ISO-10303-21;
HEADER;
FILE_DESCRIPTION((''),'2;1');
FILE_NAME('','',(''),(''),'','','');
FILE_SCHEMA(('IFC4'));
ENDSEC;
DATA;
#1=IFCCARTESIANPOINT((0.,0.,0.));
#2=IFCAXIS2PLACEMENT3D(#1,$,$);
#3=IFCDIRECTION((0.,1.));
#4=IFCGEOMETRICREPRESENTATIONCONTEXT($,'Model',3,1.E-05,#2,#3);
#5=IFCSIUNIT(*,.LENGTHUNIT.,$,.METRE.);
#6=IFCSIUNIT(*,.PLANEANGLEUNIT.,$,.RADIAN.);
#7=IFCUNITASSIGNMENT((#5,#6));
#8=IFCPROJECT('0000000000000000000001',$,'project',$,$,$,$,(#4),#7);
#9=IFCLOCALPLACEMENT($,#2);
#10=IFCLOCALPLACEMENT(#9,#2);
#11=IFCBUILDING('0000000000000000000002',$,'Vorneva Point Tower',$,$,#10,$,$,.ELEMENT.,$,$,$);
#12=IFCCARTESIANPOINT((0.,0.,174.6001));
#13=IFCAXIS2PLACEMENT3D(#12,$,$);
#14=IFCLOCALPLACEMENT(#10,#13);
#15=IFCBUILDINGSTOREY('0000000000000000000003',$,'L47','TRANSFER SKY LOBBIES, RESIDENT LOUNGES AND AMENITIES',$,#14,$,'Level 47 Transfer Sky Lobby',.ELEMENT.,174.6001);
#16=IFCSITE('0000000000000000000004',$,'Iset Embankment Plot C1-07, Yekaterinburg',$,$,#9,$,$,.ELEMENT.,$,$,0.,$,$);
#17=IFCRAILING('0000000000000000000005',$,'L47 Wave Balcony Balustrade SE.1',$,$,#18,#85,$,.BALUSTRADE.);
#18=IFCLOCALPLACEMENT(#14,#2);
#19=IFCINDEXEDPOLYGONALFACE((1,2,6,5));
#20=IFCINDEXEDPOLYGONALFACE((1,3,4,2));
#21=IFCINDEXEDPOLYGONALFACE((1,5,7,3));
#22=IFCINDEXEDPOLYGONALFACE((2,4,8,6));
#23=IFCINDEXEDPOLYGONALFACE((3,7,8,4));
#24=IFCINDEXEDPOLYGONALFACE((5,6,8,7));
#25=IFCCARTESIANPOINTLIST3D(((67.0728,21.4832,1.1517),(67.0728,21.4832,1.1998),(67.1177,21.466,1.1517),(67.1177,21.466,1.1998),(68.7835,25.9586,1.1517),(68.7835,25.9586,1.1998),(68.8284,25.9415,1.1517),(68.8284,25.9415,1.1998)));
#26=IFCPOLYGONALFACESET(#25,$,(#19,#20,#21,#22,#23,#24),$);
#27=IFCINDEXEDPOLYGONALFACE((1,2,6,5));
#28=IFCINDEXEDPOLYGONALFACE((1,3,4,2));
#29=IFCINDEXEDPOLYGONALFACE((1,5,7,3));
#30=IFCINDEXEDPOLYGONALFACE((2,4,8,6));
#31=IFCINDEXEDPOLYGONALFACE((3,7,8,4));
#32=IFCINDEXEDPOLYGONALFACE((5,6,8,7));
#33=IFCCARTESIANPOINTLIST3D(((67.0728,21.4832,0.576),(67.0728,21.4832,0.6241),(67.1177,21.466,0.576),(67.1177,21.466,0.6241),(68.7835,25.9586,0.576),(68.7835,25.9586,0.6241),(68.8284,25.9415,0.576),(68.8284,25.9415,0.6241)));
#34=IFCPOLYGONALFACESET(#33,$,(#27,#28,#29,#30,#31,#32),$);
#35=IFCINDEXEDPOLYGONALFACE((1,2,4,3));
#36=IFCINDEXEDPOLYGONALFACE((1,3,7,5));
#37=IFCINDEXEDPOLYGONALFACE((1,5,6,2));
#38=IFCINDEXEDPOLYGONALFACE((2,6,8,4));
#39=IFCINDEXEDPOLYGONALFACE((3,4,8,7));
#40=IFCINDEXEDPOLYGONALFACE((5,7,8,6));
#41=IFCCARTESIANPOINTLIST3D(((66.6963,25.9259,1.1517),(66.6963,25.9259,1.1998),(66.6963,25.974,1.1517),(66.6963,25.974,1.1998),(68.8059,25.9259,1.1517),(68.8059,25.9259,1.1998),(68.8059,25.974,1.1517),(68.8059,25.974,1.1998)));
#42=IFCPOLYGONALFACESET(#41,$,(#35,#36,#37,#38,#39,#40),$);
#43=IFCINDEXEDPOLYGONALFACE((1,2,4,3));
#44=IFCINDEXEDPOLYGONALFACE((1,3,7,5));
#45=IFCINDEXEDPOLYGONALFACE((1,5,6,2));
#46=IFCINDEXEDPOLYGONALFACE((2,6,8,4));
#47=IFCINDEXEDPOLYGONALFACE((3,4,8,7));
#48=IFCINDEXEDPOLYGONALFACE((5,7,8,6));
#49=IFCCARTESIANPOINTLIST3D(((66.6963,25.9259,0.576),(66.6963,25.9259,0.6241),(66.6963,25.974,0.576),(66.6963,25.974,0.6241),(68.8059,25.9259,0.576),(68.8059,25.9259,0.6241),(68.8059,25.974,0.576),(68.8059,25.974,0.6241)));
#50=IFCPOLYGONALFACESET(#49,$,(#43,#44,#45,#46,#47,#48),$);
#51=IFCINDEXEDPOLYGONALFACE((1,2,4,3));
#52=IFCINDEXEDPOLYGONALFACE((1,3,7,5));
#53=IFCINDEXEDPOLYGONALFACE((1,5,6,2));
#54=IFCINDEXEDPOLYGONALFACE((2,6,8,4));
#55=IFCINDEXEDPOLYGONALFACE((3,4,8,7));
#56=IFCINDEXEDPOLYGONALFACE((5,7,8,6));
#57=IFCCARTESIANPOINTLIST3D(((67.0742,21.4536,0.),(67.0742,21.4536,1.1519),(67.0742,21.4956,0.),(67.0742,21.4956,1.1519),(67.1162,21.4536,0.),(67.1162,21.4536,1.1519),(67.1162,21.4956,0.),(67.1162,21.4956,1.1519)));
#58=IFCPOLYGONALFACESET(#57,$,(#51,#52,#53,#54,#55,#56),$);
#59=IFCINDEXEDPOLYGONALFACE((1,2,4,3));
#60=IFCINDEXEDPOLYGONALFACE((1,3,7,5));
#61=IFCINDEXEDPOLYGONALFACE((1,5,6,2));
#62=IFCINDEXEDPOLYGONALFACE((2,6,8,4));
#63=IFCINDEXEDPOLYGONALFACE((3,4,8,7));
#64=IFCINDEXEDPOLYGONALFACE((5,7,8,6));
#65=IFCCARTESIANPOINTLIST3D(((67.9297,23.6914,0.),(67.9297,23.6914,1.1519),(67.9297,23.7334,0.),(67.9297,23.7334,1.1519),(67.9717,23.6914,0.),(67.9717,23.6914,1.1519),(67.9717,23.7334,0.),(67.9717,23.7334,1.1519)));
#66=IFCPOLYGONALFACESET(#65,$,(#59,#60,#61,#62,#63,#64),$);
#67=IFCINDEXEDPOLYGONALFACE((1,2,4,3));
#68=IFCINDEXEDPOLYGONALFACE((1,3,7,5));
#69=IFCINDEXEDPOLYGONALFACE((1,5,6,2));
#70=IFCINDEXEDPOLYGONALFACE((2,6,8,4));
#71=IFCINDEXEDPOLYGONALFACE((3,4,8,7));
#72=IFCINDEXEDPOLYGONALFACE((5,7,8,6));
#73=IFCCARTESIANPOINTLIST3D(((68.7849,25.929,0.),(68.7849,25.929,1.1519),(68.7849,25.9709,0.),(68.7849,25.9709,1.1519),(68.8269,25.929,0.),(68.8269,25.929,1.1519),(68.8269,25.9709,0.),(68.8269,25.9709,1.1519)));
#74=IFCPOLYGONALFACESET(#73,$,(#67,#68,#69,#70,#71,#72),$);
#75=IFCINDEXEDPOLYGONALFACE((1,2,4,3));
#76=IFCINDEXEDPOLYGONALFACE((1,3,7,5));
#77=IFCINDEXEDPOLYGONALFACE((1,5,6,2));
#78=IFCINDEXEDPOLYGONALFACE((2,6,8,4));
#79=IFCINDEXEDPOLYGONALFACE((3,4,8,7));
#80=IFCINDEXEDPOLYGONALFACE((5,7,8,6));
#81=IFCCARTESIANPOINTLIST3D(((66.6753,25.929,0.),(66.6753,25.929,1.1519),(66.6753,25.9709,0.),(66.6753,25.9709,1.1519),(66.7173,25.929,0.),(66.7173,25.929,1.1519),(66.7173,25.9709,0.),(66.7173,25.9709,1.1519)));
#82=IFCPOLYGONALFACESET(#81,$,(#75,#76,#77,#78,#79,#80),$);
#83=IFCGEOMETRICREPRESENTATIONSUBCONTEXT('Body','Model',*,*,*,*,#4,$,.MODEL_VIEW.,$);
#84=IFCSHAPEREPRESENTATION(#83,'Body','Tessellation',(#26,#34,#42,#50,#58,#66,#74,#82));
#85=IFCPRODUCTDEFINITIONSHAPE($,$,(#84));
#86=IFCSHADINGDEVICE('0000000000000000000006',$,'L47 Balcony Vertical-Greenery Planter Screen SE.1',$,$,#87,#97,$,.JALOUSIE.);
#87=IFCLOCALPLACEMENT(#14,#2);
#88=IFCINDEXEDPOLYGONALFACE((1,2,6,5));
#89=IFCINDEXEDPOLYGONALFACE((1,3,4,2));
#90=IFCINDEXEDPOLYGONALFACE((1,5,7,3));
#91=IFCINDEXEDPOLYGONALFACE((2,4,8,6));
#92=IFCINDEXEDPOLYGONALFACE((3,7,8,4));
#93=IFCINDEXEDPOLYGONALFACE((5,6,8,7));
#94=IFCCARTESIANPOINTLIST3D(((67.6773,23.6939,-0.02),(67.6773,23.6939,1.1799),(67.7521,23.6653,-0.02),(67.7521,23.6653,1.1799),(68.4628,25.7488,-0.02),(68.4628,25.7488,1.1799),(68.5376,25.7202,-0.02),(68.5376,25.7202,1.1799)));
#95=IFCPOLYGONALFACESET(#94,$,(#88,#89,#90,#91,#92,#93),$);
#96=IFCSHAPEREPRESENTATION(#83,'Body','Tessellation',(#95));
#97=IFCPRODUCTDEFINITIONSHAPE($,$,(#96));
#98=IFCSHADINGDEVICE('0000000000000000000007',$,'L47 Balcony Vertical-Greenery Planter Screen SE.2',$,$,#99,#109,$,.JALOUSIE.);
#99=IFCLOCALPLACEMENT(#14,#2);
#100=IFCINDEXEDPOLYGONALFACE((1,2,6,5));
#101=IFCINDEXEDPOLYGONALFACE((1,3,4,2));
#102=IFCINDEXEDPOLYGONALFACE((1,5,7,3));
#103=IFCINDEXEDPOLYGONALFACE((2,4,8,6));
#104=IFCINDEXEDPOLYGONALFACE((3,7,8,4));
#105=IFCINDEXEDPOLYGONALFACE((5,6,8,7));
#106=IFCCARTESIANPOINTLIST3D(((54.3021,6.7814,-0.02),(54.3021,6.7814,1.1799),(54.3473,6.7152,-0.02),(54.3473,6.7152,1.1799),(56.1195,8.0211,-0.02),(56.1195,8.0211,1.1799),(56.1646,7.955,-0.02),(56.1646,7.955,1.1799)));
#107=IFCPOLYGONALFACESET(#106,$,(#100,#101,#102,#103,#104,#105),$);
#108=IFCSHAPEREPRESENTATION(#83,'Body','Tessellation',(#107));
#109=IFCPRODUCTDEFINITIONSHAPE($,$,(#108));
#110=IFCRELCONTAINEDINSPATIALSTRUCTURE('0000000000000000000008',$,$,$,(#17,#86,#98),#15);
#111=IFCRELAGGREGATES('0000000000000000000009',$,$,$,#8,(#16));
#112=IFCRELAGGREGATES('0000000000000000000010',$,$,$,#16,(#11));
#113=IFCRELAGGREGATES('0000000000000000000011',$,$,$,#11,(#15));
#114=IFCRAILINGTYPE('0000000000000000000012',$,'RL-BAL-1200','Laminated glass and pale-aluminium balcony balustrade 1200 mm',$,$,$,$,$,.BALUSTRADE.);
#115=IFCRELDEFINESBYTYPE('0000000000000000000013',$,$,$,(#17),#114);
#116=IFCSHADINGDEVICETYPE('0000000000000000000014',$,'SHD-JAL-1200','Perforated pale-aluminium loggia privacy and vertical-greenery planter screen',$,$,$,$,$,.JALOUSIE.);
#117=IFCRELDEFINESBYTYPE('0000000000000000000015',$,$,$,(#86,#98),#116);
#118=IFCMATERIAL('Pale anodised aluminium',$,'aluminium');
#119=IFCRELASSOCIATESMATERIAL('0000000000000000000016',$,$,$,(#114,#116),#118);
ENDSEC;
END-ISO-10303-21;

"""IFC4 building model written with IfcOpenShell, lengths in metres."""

from ifc_helpers import new_model, si_unit, direction, frame, origin, origin_2d, place, context, subcontext, project, spatial, rectangle, extrude, material, type_object, element, save


model = new_model("IFC4")

# Units and contexts
model_context = context("Model", 3, precision=1e-05, world=origin(), true_north=direction((0.0, 1.0)))
body_context = subcontext(model_context, "Body", "Model", "MODEL_VIEW")
ifc_project = project(units=[si_unit("LENGTHUNIT", "METRE"), si_unit("PLANEANGLEUNIT", "RADIAN")], contexts=[model_context])

# Site, building, storey
site_placement = place(None, origin())
site = spatial("IfcSite", under=ifc_project, at=site_placement, Name="Iset Embankment Plot C1-07, Yekaterinburg", CompositionType="ELEMENT", RefElevation=0.0)
building_placement = place(site_placement, origin())
building = spatial("IfcBuilding", under=site, at=building_placement, Name="Vorneva Point Tower", CompositionType="ELEMENT")
storey_placement = place(building_placement, frame((0.0, 0.0, 174.6001)))
storey = spatial("IfcBuildingStorey", under=building, at=storey_placement, Name="L47", Description="TRANSFER SKY LOBBIES, RESIDENT LOUNGES AND AMENITIES", LongName="Level 47 Transfer Sky Lobby", CompositionType="ELEMENT", Elevation=174.6001)

# Shared definitions
ifc_material_1 = material(Name="Pale anodised aluminium", Category="aluminium")

# Railing
railing_type = type_object("IfcRailingType", Name="RL-BAL-1200", Description="Laminated glass and pale-aluminium balcony balustrade 1200 mm", PredefinedType="BALUSTRADE", material=ifc_material_1)
railing_placement = place(storey_placement, frame((67.0952, 21.4746, 0.0)))
element("IfcRailing", 1, at=railing_placement, inside=storey, type_object=railing_type, Name="L47 Wave Balcony Balustrade SE.1", PredefinedType="BALUSTRADE", context=body_context, shape_type="SweptSolid", body=[
    extrude(rectangle(XDim=0.0481, YDim=0.0481, at=origin_2d()), frame((0.0, 0.0, 1.1758), z_axis=(0.357052, 0.934084, 0.0), x_axis=(-0.934084, 0.357052, 0.0)), (0.0, 0.0, 1.0), 4.7913),
    extrude(rectangle(XDim=0.0481, YDim=0.0481, at=origin_2d()), frame((0.0, 0.0, 0.6001), z_axis=(0.357052, 0.934084, 0.0), x_axis=(-0.934084, 0.357052, 0.0)), (0.0, 0.0, 1.0), 4.7913),
    extrude(rectangle(XDim=0.0481, YDim=0.0481, at=origin_2d()), frame((1.7107, 4.4753, 1.1758), z_axis=(-1.0, 0.0, 0.0), x_axis=(0.0, -1.0, 0.0)), (0.0, 0.0, 1.0), 2.1096),
    extrude(rectangle(XDim=0.0481, YDim=0.0481, at=origin_2d()), frame((1.7107, 4.4753, 0.6001), z_axis=(-1.0, 0.0, 0.0), x_axis=(0.0, -1.0, 0.0)), (0.0, 0.0, 1.0), 2.1096),
    extrude(rectangle(XDim=0.042, YDim=0.042, at=origin_2d()), origin(), (0.0, 0.0, 1.0), 1.1519),
    extrude(rectangle(XDim=0.042, YDim=0.042, at=origin_2d()), frame((0.8555, 2.2378, 0.0)), (0.0, 0.0, 1.0), 1.1519),
    extrude(rectangle(XDim=0.042, YDim=0.042, at=origin_2d()), frame((1.7107, 4.4753, 0.0)), (0.0, 0.0, 1.0), 1.1519),
    extrude(rectangle(XDim=0.042, YDim=0.042, at=origin_2d()), frame((-0.3989, 4.4753, 0.0)), (0.0, 0.0, 1.0), 1.1519),
])

# Shading devices
shading_device_type = type_object("IfcShadingDeviceType", Name="SHD-JAL-1200", Description="Perforated pale-aluminium loggia privacy and vertical-greenery planter screen", PredefinedType="JALOUSIE", material=ifc_material_1)
for number, where, z_axis, x_axis, name in (
    (2, (68.1074, 24.707, -0.02), (0.0, 0.0, 1.0), (0.357048, 0.934086, 0.0), "L47 Balcony Vertical-Greenery Planter Screen SE.1"),
    (3, (55.2334, 7.3682, -0.02), (0.0, 0.0, 1.0), (0.826098, 0.563526, 0.0), "L47 Balcony Vertical-Greenery Planter Screen SE.2"),
):
    element("IfcShadingDevice", number, at=place(storey_placement, frame(where, z_axis=z_axis, x_axis=x_axis)), inside=storey, type_object=shading_device_type, Name=name, PredefinedType="JALOUSIE", context=body_context, shape_type="SweptSolid", body=[
        extrude(rectangle(XDim=2.2, YDim=0.0801, at=origin_2d()), origin(), (0.0, 0.0, 1.0), 1.2),
    ])

save(model, "model.ifc")
